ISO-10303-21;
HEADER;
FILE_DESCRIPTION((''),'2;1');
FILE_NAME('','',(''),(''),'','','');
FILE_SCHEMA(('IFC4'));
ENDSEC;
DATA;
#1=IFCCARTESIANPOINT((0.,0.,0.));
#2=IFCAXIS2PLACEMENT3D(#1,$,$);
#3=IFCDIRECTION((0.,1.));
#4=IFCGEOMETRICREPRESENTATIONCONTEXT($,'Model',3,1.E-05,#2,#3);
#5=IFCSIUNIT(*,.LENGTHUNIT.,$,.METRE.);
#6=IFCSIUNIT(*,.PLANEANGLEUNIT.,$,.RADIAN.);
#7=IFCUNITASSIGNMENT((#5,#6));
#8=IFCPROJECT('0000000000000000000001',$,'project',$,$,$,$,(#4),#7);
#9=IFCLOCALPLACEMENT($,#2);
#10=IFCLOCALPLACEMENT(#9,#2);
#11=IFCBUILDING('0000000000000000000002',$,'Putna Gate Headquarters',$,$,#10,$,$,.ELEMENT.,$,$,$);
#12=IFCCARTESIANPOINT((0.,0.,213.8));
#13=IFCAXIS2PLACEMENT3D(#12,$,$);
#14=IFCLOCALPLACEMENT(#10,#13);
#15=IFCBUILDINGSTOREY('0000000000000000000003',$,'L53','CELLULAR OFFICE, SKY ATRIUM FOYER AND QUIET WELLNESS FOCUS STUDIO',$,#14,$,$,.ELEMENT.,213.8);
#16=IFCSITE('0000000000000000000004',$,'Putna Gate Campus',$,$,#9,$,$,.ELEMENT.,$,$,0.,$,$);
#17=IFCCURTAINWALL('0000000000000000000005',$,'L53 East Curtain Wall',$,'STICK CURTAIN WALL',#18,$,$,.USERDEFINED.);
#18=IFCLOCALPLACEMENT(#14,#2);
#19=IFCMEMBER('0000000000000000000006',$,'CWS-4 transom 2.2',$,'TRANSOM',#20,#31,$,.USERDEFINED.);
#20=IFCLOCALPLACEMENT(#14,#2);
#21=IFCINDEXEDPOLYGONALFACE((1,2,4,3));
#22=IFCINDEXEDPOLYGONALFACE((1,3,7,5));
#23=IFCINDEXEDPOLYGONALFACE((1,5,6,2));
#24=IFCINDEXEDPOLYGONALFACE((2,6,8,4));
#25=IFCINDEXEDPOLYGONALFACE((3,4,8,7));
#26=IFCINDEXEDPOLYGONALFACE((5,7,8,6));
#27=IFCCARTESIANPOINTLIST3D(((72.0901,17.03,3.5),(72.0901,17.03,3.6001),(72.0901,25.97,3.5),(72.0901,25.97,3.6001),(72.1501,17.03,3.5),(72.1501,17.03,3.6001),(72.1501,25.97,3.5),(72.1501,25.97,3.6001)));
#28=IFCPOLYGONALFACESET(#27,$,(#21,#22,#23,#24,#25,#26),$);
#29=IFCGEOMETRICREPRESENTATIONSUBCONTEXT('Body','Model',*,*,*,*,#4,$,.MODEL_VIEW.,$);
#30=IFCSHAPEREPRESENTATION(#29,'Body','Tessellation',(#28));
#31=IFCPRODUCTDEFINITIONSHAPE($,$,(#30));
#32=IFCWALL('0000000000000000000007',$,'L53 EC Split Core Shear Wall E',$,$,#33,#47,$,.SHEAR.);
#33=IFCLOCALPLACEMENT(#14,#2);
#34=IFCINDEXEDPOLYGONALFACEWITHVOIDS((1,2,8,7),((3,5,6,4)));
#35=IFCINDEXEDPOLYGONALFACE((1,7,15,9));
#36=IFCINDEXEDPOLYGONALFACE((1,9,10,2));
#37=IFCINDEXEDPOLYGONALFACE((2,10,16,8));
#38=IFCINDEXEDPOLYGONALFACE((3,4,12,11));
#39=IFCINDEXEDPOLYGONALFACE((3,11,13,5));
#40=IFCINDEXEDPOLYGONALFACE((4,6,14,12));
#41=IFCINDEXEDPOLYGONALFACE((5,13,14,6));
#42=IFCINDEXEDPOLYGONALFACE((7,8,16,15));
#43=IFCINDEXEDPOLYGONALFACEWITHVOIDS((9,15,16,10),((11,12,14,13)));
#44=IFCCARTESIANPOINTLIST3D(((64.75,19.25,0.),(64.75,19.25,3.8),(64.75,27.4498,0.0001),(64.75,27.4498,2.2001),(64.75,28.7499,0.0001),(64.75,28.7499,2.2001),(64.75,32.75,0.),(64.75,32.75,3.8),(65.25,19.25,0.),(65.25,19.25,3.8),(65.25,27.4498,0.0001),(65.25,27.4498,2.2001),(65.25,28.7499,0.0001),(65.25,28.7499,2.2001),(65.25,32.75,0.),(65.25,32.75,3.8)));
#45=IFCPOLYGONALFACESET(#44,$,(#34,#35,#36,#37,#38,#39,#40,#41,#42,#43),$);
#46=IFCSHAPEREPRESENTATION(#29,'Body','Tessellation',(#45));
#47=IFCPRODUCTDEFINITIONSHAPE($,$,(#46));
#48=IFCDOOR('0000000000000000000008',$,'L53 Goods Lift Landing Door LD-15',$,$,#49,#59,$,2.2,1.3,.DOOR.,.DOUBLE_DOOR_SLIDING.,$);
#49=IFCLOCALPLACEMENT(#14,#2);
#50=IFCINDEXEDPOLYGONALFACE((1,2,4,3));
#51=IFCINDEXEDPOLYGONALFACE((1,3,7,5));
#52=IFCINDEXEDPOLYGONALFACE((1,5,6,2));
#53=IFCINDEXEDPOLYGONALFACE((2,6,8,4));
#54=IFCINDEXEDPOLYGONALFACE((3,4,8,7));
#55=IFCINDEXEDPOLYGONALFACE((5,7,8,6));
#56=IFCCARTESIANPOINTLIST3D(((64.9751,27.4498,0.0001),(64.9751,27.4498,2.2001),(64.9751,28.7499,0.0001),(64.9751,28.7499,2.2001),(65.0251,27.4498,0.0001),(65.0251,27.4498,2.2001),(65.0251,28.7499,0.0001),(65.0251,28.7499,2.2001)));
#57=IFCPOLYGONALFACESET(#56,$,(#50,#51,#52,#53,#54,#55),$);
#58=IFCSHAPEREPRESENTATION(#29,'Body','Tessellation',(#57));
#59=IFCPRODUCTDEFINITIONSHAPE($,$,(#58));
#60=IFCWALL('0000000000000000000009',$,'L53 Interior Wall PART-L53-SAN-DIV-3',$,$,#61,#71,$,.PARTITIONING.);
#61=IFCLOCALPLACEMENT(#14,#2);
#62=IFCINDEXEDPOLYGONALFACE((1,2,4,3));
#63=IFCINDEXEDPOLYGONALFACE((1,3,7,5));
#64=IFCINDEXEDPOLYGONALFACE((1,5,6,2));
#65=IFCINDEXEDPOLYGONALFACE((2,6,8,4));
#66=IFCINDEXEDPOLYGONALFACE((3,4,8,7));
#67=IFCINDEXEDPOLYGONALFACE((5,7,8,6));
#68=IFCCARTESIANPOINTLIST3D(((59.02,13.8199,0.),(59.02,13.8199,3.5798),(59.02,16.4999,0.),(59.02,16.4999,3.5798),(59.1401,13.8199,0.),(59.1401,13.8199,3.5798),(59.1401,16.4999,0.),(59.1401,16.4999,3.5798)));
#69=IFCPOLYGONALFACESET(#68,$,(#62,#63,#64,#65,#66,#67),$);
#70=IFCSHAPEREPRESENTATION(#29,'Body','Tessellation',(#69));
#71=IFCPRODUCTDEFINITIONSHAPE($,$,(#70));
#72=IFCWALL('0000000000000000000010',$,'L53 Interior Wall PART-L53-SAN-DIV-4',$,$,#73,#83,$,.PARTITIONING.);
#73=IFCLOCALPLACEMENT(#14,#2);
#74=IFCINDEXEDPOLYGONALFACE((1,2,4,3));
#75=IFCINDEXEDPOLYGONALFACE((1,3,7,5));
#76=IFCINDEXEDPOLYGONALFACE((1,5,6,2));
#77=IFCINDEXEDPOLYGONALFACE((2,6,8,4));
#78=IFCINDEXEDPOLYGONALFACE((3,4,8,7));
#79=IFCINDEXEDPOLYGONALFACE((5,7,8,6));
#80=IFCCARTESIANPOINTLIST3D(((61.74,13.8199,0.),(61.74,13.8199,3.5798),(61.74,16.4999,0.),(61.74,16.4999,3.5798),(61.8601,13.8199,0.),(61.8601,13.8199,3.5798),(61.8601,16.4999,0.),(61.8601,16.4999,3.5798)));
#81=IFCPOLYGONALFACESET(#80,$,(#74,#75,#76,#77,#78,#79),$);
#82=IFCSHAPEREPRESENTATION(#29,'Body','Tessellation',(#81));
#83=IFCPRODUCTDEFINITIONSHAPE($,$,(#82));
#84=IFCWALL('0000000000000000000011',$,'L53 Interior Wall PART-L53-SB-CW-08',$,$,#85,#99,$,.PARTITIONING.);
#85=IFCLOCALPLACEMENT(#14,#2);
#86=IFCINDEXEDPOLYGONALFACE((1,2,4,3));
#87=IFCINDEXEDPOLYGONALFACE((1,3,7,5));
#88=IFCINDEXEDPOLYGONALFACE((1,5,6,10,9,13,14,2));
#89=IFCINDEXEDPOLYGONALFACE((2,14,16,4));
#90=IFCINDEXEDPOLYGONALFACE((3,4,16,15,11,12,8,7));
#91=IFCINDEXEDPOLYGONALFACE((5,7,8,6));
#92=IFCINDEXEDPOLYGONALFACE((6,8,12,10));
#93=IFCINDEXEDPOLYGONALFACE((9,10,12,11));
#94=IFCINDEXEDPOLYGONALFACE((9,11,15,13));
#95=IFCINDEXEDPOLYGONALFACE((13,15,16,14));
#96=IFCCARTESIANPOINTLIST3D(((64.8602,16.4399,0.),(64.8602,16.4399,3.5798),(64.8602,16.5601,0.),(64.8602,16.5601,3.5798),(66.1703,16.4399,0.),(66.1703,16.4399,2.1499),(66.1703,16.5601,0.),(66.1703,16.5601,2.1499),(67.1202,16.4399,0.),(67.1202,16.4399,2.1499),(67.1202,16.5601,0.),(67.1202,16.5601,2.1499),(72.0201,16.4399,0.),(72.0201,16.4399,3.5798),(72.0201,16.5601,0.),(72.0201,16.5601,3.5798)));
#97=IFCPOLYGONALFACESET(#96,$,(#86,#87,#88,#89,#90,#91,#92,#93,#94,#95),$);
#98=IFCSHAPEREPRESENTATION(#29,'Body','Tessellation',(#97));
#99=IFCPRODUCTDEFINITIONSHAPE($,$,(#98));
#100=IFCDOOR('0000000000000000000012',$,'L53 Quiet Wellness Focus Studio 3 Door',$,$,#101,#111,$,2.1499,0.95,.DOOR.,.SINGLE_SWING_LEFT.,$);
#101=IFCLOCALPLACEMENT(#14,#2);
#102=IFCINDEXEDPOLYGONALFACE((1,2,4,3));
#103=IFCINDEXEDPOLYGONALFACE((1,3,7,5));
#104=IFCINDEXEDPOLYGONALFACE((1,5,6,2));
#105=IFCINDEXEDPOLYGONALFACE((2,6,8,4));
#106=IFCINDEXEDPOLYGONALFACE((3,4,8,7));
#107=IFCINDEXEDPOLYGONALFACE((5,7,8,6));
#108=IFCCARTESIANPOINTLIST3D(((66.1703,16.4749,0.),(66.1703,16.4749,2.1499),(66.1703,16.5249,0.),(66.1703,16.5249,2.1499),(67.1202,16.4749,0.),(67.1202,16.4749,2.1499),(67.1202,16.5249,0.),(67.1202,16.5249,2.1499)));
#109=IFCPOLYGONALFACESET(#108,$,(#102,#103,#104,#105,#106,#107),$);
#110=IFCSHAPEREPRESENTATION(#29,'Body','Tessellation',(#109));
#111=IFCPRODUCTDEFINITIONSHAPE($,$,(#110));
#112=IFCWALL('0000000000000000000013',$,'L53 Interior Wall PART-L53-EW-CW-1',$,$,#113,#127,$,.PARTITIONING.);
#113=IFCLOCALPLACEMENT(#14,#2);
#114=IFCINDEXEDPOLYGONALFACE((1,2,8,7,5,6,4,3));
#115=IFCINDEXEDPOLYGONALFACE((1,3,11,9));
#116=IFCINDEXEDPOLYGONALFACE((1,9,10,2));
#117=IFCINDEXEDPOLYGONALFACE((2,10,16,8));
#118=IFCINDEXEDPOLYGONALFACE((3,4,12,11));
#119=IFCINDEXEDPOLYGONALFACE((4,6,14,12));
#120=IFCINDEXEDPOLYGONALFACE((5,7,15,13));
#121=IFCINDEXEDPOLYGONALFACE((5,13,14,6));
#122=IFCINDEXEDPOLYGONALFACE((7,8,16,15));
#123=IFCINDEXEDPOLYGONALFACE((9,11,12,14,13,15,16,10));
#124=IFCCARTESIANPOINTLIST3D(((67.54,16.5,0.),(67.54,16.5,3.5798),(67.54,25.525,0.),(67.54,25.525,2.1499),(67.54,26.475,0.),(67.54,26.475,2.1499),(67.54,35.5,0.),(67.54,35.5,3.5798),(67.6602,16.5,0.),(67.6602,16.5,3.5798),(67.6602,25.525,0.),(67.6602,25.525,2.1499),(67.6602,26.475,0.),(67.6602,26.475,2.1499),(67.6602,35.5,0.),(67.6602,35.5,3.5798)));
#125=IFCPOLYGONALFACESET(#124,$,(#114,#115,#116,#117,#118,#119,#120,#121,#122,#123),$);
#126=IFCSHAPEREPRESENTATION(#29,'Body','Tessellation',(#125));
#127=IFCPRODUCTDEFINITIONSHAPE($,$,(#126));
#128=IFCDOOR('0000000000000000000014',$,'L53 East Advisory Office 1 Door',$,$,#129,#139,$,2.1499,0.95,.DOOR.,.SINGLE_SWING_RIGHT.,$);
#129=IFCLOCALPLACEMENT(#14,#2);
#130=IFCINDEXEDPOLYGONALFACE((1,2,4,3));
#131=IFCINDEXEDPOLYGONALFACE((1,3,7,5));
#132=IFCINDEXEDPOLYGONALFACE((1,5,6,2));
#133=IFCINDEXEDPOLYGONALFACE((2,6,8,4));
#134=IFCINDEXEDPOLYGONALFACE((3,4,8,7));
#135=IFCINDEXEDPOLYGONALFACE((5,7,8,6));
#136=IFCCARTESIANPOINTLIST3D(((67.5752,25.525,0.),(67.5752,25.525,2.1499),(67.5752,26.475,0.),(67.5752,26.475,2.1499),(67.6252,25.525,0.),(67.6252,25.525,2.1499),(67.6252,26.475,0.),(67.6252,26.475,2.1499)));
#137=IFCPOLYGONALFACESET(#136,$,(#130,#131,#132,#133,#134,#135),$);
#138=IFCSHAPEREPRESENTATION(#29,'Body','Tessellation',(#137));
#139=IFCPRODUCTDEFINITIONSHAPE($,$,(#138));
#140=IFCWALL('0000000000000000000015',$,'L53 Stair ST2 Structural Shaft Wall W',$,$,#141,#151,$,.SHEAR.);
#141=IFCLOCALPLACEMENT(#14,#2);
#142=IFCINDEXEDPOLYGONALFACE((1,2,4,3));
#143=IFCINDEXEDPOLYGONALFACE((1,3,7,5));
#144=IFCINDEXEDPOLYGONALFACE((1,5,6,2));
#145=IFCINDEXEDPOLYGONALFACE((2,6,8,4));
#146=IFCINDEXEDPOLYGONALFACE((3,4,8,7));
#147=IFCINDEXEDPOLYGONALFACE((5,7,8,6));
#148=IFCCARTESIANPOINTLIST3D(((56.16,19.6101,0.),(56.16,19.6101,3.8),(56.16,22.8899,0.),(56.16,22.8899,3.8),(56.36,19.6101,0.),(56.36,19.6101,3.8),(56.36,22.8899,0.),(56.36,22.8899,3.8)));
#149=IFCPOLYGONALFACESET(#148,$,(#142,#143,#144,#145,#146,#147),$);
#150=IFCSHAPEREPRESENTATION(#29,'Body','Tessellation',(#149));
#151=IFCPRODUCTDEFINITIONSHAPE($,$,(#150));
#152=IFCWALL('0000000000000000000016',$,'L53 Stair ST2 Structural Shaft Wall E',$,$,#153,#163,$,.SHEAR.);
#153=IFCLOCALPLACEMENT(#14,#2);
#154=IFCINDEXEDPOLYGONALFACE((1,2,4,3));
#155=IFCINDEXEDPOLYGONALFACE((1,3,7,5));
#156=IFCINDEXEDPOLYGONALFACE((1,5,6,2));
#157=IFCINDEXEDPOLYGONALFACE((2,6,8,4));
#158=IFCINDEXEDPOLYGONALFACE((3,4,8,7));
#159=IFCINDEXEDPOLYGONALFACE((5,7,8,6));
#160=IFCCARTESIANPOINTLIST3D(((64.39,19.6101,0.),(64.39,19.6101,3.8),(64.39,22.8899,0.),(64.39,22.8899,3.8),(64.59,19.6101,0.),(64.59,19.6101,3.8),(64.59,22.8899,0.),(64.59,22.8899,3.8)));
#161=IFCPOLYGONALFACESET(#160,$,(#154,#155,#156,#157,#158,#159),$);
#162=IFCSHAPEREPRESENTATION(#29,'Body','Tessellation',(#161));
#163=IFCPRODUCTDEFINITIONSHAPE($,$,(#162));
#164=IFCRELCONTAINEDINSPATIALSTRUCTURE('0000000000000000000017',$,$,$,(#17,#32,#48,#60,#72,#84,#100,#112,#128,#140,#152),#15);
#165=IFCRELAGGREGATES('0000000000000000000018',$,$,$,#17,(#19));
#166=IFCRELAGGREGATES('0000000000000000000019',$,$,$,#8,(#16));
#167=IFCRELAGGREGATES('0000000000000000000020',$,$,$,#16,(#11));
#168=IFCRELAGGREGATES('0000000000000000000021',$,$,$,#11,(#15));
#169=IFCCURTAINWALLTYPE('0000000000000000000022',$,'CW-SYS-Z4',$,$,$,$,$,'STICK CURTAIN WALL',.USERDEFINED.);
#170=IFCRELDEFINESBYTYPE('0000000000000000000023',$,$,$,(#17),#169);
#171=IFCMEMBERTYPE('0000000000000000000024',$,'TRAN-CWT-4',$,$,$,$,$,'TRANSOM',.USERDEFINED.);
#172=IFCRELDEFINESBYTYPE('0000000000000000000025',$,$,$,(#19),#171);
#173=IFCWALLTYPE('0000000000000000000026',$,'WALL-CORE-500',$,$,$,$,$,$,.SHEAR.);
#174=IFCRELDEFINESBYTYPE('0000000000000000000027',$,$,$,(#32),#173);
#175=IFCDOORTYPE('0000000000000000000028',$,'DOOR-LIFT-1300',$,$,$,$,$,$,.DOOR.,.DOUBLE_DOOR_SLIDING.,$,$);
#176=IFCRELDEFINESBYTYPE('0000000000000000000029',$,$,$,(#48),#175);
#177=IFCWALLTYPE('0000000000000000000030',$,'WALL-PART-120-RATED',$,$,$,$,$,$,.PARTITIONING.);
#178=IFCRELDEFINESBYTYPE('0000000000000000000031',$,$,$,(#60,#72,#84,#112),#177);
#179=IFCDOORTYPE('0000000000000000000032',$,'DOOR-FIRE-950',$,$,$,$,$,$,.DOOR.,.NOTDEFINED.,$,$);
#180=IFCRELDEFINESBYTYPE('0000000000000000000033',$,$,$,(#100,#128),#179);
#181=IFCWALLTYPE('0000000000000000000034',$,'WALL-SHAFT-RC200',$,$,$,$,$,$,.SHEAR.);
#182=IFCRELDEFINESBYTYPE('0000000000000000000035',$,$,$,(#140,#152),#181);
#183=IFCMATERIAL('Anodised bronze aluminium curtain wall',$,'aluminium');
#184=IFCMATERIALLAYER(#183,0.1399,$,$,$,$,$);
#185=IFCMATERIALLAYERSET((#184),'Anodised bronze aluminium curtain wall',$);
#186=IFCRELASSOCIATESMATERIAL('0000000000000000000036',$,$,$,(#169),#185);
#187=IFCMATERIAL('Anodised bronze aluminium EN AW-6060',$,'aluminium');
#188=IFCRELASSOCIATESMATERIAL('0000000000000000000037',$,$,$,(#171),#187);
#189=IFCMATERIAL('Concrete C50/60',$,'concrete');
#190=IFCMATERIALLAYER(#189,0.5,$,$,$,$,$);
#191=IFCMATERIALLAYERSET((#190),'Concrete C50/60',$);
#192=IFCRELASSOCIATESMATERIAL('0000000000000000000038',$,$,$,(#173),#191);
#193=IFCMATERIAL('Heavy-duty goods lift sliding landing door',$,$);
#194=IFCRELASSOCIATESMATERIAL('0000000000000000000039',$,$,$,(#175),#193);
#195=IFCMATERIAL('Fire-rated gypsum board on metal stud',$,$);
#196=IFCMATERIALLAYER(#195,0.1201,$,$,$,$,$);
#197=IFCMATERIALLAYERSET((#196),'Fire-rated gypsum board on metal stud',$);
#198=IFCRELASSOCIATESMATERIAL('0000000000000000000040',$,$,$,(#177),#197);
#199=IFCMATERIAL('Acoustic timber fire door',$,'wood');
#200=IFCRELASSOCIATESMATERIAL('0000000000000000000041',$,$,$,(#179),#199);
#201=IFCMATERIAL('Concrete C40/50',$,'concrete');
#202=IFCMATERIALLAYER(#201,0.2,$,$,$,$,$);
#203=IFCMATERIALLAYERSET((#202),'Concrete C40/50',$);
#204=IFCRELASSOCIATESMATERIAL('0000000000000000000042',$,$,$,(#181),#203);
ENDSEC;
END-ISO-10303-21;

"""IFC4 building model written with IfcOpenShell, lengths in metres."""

from ifc_helpers import new_model, si_unit, direction, frame, frame_2d, origin, origin_2d, place, context, subcontext, project, spatial, rectangle, extrude, material, layer, layer_set, material_profile, profile_set, type_object, element, fill, aggregate, save


model = new_model("IFC4")

# Units and contexts
model_context = context("Model", 3, precision=1e-05, world=origin(), true_north=direction((0.0, 1.0)))
body_context = subcontext(model_context, "Body", "Model", "MODEL_VIEW")
ifc_project = project(units=[si_unit("LENGTHUNIT", "METRE"), si_unit("PLANEANGLEUNIT", "RADIAN")], contexts=[model_context])

# Site, building, storey
site_placement = place(None, origin())
site = spatial("IfcSite", under=ifc_project, at=site_placement, Name="Putna Gate Campus", CompositionType="ELEMENT", RefElevation=0.0)
building_placement = place(site_placement, origin())
building = spatial("IfcBuilding", under=site, at=building_placement, Name="Putna Gate Headquarters", CompositionType="ELEMENT")
storey_placement = place(building_placement, frame((0.0, 0.0, 213.8)))
storey = spatial("IfcBuildingStorey", under=building, at=storey_placement, Name="L53", Description="CELLULAR OFFICE, SKY ATRIUM FOYER AND QUIET WELLNESS FOCUS STUDIO", CompositionType="ELEMENT", Elevation=213.8)

# Curtain wall, member
ifc_material_1 = material(Name="Anodised bronze aluminium curtain wall", Category="aluminium")
ifc_layer_1 = layer(ifc_material_1, 0.1399)
ifc_layer_set_1 = layer_set([ifc_layer_1], Name="Anodised bronze aluminium curtain wall")
curtain_wall_type = type_object("IfcCurtainWallType", Name="CW-SYS-Z4", ElementType="STICK CURTAIN WALL", PredefinedType="USERDEFINED", material=ifc_layer_set_1)
curtain_wall_placement = place(storey_placement, origin())
curtain_wall = element("IfcCurtainWall", 1, at=curtain_wall_placement, inside=storey, type_object=curtain_wall_type, Name="L53 East Curtain Wall", ObjectType="STICK CURTAIN WALL", PredefinedType="USERDEFINED")
ifc_material_2 = material(Name="Anodised bronze aluminium EN AW-6060", Category="aluminium")
ifc_material_profile_1 = material_profile(ifc_material_2, rectangle(XDim=0.0601, YDim=0.1001, at=origin_2d()), Name="Anodised bronze aluminium EN AW-6060")
ifc_profile_set_1 = profile_set([ifc_material_profile_1], Name="Anodised bronze aluminium EN AW-6060")
member_type_1 = type_object("IfcMemberType", Name="TRAN-CWT-4", ElementType="TRANSOM", PredefinedType="USERDEFINED", material=ifc_profile_set_1)
member_1_placement = place(storey_placement, frame((72.1201, 17.03, 3.55), z_axis=(0.0, 1.0, 0.0), x_axis=(-1.0, 0.0, 0.0)))
member_1 = element("IfcMember", 2, at=member_1_placement, type_object=member_type_1, Name="CWS-4 transom 2.2", ObjectType="TRANSOM", PredefinedType="USERDEFINED", context=body_context, shape_type="SweptSolid", body=[
    extrude(rectangle(XDim=0.0601, YDim=0.1001, at=origin_2d()), origin(), (0.0, 0.0, 1.0), 8.9399),
])
aggregate(curtain_wall, [member_1])

# Wall, opening, door
ifc_material_3 = material(Name="Concrete C50/60", Category="concrete")
ifc_layer_2 = layer(ifc_material_3, 0.5)
ifc_layer_set_2 = layer_set([ifc_layer_2], Name="Concrete C50/60")
wall_type_1 = type_object("IfcWallType", Name="WALL-CORE-500", PredefinedType="SHEAR", material=ifc_layer_set_2)
wall_1_placement = place(storey_placement, frame((65.0, 19.25, 0.0), z_axis=(0.0, 0.0, 1.0), x_axis=(0.0, 1.0, 0.0)))
wall_1 = element("IfcWall", 3, at=wall_1_placement, inside=storey, type_object=wall_type_1, Name="L53 EC Split Core Shear Wall E", PredefinedType="SHEAR", context=body_context, shape_type="SweptSolid", body=[
    extrude(rectangle(XDim=13.5, YDim=0.5, at=frame_2d((6.75, 0.0))), origin(), (0.0, 0.0, 1.0), 3.8),
])
opening_1_placement = place(wall_1_placement, frame((8.2, 0.0, 0.0)))
opening_1 = element("IfcOpeningElement", 4, at=opening_1_placement, cuts=wall_1, PredefinedType="OPENING", context=body_context, shape_type="SweptSolid", body=[
    extrude(rectangle(XDim=1.3, YDim=2.2, at=frame_2d((0.6499, 1.1001))), frame((0.0, 0.26, 0.0), z_axis=(0.0, -1.0, 0.0), x_axis=(1.0, 0.0, 0.0)), (0.0, 0.0, 1.0), 0.52),
])
ifc_material_4 = material(Name="Heavy-duty goods lift sliding landing door")
door_type_1 = type_object("IfcDoorType", Name="DOOR-LIFT-1300", OperationType="DOUBLE_DOOR_SLIDING", PredefinedType="DOOR", material=ifc_material_4)
door_1_placement = place(opening_1_placement, origin())
door_1 = element("IfcDoor", 5, at=door_1_placement, inside=storey, type_object=door_type_1, Name="L53 Goods Lift Landing Door LD-15", OperationType="DOUBLE_DOOR_SLIDING", OverallHeight=2.2, OverallWidth=1.3, PredefinedType="DOOR", context=body_context, shape_type="SweptSolid", body=[
    extrude(rectangle(XDim=1.3, YDim=2.2, at=frame_2d((0.6499, 1.1001))), frame((0.0, 0.0249, 0.0), z_axis=(0.0, -1.0, 0.0), x_axis=(1.0, 0.0, 0.0)), (0.0, 0.0, 1.0), 0.05),
])
fill(opening_1, door_1)

# Walls
ifc_material_5 = material(Name="Fire-rated gypsum board on metal stud")
ifc_layer_3 = layer(ifc_material_5, 0.1201)
ifc_layer_set_3 = layer_set([ifc_layer_3], Name="Fire-rated gypsum board on metal stud")
wall_type_2 = type_object("IfcWallType", Name="WALL-PART-120-RATED", PredefinedType="PARTITIONING", material=ifc_layer_set_3)
for number, where, z_axis, x_axis, name in (
    (6, (59.0801, 13.8201, 0.0), (0.0, 0.0, 1.0), (0.0, 1.0, 0.0), "L53 Interior Wall PART-L53-SAN-DIV-3"),
    (7, (61.8, 13.8201, 0.0), (0.0, 0.0, 1.0), (0.0, 1.0, 0.0), "L53 Interior Wall PART-L53-SAN-DIV-4"),
):
    element("IfcWall", number, at=place(storey_placement, frame(where, z_axis=z_axis, x_axis=x_axis)), inside=storey, type_object=wall_type_2, Name=name, PredefinedType="PARTITIONING", context=body_context, shape_type="SweptSolid", body=[
        extrude(rectangle(XDim=2.6799, YDim=0.1201, at=frame_2d((1.3398, 0.0))), origin(), (0.0, 0.0, 1.0), 3.5798),
    ])

# Walls, openings, doors
wall_2_placement = place(storey_placement, frame((64.8601, 16.5, 0.0), z_axis=(0.0, 0.0, 1.0), x_axis=(1.0, 0.0, 0.0)))
wall_2 = element("IfcWall", 8, at=wall_2_placement, inside=storey, type_object=wall_type_2, Name="L53 Interior Wall PART-L53-SB-CW-08", PredefinedType="PARTITIONING", context=body_context, shape_type="SweptSolid", body=[
    extrude(rectangle(XDim=7.1599, YDim=0.1201, at=frame_2d((3.5801, 0.0))), origin(), (0.0, 0.0, 1.0), 3.5798),
])
opening_2_placement = place(wall_2_placement, frame((1.3101, 0.0, 0.0)))
opening_2 = element("IfcOpeningElement", 9, at=opening_2_placement, cuts=wall_2, PredefinedType="OPENING", context=body_context, shape_type="SweptSolid", body=[
    extrude(rectangle(XDim=0.95, YDim=2.1499, at=frame_2d((0.4751, 1.075))), frame((0.0, 0.0701, 0.0), z_axis=(0.0, -1.0, 0.0), x_axis=(1.0, 0.0, 0.0)), (0.0, 0.0, 1.0), 0.1401),
])
ifc_material_6 = material(Name="Acoustic timber fire door", Category="wood")
door_type_2 = type_object("IfcDoorType", Name="DOOR-FIRE-950", OperationType="NOTDEFINED", PredefinedType="DOOR", material=ifc_material_6)
door_2_placement = place(opening_2_placement, origin())
door_2 = element("IfcDoor", 10, at=door_2_placement, inside=storey, type_object=door_type_2, Name="L53 Quiet Wellness Focus Studio 3 Door", OperationType="SINGLE_SWING_LEFT", OverallHeight=2.1499, OverallWidth=0.95, PredefinedType="DOOR", context=body_context, shape_type="SweptSolid", body=[
    extrude(rectangle(XDim=0.95, YDim=2.1499, at=frame_2d((0.4751, 1.075))), frame((0.0, 0.0249, 0.0), z_axis=(0.0, -1.0, 0.0), x_axis=(1.0, 0.0, 0.0)), (0.0, 0.0, 1.0), 0.05),
])
fill(opening_2, door_2)
wall_3_placement = place(storey_placement, frame((67.6001, 16.5, 0.0), z_axis=(0.0, 0.0, 1.0), x_axis=(0.0, 1.0, 0.0)))
wall_3 = element("IfcWall", 11, at=wall_3_placement, inside=storey, type_object=wall_type_2, Name="L53 Interior Wall PART-L53-EW-CW-1", PredefinedType="PARTITIONING", context=body_context, shape_type="SweptSolid", body=[
    extrude(rectangle(XDim=19.0, YDim=0.1201, at=frame_2d((9.5, 0.0))), origin(), (0.0, 0.0, 1.0), 3.5798),
])
opening_3_placement = place(wall_3_placement, frame((9.0249, 0.0, 0.0)))
opening_3 = element("IfcOpeningElement", 12, at=opening_3_placement, cuts=wall_3, PredefinedType="OPENING", context=body_context, shape_type="SweptSolid", body=[
    extrude(rectangle(XDim=0.95, YDim=2.1499, at=frame_2d((0.4751, 1.075))), frame((0.0, 0.0701, 0.0), z_axis=(0.0, -1.0, 0.0), x_axis=(1.0, 0.0, 0.0)), (0.0, 0.0, 1.0), 0.1401),
])
door_3_placement = place(opening_3_placement, origin())
door_3 = element("IfcDoor", 13, at=door_3_placement, inside=storey, type_object=door_type_2, Name="L53 East Advisory Office 1 Door", OperationType="SINGLE_SWING_RIGHT", OverallHeight=2.1499, OverallWidth=0.95, PredefinedType="DOOR", context=body_context, shape_type="SweptSolid", body=[
    extrude(rectangle(XDim=0.95, YDim=2.1499, at=frame_2d((0.4751, 1.075))), frame((0.0, 0.0249, 0.0), z_axis=(0.0, -1.0, 0.0), x_axis=(1.0, 0.0, 0.0)), (0.0, 0.0, 1.0), 0.05),
])
fill(opening_3, door_3)

# Walls
ifc_material_7 = material(Name="Concrete C40/50", Category="concrete")
ifc_layer_4 = layer(ifc_material_7, 0.2)
ifc_layer_set_4 = layer_set([ifc_layer_4], Name="Concrete C40/50")
wall_type_3 = type_object("IfcWallType", Name="WALL-SHAFT-RC200", PredefinedType="SHEAR", material=ifc_layer_set_4)
for number, where, z_axis, x_axis, name in (
    (14, (56.26, 19.6101, 0.0), (0.0, 0.0, 1.0), (0.0, 1.0, 0.0), "L53 Stair ST2 Structural Shaft Wall W"),
    (15, (64.49, 19.6101, 0.0), (0.0, 0.0, 1.0), (0.0, 1.0, 0.0), "L53 Stair ST2 Structural Shaft Wall E"),
):
    element("IfcWall", number, at=place(storey_placement, frame(where, z_axis=z_axis, x_axis=x_axis)), inside=storey, type_object=wall_type_3, Name=name, PredefinedType="SHEAR", context=body_context, shape_type="SweptSolid", body=[
        extrude(rectangle(XDim=3.2798, YDim=0.2, at=frame_2d((1.6399, 0.0))), origin(), (0.0, 0.0, 1.0), 3.8),
    ])

save(model, "model.ifc")
